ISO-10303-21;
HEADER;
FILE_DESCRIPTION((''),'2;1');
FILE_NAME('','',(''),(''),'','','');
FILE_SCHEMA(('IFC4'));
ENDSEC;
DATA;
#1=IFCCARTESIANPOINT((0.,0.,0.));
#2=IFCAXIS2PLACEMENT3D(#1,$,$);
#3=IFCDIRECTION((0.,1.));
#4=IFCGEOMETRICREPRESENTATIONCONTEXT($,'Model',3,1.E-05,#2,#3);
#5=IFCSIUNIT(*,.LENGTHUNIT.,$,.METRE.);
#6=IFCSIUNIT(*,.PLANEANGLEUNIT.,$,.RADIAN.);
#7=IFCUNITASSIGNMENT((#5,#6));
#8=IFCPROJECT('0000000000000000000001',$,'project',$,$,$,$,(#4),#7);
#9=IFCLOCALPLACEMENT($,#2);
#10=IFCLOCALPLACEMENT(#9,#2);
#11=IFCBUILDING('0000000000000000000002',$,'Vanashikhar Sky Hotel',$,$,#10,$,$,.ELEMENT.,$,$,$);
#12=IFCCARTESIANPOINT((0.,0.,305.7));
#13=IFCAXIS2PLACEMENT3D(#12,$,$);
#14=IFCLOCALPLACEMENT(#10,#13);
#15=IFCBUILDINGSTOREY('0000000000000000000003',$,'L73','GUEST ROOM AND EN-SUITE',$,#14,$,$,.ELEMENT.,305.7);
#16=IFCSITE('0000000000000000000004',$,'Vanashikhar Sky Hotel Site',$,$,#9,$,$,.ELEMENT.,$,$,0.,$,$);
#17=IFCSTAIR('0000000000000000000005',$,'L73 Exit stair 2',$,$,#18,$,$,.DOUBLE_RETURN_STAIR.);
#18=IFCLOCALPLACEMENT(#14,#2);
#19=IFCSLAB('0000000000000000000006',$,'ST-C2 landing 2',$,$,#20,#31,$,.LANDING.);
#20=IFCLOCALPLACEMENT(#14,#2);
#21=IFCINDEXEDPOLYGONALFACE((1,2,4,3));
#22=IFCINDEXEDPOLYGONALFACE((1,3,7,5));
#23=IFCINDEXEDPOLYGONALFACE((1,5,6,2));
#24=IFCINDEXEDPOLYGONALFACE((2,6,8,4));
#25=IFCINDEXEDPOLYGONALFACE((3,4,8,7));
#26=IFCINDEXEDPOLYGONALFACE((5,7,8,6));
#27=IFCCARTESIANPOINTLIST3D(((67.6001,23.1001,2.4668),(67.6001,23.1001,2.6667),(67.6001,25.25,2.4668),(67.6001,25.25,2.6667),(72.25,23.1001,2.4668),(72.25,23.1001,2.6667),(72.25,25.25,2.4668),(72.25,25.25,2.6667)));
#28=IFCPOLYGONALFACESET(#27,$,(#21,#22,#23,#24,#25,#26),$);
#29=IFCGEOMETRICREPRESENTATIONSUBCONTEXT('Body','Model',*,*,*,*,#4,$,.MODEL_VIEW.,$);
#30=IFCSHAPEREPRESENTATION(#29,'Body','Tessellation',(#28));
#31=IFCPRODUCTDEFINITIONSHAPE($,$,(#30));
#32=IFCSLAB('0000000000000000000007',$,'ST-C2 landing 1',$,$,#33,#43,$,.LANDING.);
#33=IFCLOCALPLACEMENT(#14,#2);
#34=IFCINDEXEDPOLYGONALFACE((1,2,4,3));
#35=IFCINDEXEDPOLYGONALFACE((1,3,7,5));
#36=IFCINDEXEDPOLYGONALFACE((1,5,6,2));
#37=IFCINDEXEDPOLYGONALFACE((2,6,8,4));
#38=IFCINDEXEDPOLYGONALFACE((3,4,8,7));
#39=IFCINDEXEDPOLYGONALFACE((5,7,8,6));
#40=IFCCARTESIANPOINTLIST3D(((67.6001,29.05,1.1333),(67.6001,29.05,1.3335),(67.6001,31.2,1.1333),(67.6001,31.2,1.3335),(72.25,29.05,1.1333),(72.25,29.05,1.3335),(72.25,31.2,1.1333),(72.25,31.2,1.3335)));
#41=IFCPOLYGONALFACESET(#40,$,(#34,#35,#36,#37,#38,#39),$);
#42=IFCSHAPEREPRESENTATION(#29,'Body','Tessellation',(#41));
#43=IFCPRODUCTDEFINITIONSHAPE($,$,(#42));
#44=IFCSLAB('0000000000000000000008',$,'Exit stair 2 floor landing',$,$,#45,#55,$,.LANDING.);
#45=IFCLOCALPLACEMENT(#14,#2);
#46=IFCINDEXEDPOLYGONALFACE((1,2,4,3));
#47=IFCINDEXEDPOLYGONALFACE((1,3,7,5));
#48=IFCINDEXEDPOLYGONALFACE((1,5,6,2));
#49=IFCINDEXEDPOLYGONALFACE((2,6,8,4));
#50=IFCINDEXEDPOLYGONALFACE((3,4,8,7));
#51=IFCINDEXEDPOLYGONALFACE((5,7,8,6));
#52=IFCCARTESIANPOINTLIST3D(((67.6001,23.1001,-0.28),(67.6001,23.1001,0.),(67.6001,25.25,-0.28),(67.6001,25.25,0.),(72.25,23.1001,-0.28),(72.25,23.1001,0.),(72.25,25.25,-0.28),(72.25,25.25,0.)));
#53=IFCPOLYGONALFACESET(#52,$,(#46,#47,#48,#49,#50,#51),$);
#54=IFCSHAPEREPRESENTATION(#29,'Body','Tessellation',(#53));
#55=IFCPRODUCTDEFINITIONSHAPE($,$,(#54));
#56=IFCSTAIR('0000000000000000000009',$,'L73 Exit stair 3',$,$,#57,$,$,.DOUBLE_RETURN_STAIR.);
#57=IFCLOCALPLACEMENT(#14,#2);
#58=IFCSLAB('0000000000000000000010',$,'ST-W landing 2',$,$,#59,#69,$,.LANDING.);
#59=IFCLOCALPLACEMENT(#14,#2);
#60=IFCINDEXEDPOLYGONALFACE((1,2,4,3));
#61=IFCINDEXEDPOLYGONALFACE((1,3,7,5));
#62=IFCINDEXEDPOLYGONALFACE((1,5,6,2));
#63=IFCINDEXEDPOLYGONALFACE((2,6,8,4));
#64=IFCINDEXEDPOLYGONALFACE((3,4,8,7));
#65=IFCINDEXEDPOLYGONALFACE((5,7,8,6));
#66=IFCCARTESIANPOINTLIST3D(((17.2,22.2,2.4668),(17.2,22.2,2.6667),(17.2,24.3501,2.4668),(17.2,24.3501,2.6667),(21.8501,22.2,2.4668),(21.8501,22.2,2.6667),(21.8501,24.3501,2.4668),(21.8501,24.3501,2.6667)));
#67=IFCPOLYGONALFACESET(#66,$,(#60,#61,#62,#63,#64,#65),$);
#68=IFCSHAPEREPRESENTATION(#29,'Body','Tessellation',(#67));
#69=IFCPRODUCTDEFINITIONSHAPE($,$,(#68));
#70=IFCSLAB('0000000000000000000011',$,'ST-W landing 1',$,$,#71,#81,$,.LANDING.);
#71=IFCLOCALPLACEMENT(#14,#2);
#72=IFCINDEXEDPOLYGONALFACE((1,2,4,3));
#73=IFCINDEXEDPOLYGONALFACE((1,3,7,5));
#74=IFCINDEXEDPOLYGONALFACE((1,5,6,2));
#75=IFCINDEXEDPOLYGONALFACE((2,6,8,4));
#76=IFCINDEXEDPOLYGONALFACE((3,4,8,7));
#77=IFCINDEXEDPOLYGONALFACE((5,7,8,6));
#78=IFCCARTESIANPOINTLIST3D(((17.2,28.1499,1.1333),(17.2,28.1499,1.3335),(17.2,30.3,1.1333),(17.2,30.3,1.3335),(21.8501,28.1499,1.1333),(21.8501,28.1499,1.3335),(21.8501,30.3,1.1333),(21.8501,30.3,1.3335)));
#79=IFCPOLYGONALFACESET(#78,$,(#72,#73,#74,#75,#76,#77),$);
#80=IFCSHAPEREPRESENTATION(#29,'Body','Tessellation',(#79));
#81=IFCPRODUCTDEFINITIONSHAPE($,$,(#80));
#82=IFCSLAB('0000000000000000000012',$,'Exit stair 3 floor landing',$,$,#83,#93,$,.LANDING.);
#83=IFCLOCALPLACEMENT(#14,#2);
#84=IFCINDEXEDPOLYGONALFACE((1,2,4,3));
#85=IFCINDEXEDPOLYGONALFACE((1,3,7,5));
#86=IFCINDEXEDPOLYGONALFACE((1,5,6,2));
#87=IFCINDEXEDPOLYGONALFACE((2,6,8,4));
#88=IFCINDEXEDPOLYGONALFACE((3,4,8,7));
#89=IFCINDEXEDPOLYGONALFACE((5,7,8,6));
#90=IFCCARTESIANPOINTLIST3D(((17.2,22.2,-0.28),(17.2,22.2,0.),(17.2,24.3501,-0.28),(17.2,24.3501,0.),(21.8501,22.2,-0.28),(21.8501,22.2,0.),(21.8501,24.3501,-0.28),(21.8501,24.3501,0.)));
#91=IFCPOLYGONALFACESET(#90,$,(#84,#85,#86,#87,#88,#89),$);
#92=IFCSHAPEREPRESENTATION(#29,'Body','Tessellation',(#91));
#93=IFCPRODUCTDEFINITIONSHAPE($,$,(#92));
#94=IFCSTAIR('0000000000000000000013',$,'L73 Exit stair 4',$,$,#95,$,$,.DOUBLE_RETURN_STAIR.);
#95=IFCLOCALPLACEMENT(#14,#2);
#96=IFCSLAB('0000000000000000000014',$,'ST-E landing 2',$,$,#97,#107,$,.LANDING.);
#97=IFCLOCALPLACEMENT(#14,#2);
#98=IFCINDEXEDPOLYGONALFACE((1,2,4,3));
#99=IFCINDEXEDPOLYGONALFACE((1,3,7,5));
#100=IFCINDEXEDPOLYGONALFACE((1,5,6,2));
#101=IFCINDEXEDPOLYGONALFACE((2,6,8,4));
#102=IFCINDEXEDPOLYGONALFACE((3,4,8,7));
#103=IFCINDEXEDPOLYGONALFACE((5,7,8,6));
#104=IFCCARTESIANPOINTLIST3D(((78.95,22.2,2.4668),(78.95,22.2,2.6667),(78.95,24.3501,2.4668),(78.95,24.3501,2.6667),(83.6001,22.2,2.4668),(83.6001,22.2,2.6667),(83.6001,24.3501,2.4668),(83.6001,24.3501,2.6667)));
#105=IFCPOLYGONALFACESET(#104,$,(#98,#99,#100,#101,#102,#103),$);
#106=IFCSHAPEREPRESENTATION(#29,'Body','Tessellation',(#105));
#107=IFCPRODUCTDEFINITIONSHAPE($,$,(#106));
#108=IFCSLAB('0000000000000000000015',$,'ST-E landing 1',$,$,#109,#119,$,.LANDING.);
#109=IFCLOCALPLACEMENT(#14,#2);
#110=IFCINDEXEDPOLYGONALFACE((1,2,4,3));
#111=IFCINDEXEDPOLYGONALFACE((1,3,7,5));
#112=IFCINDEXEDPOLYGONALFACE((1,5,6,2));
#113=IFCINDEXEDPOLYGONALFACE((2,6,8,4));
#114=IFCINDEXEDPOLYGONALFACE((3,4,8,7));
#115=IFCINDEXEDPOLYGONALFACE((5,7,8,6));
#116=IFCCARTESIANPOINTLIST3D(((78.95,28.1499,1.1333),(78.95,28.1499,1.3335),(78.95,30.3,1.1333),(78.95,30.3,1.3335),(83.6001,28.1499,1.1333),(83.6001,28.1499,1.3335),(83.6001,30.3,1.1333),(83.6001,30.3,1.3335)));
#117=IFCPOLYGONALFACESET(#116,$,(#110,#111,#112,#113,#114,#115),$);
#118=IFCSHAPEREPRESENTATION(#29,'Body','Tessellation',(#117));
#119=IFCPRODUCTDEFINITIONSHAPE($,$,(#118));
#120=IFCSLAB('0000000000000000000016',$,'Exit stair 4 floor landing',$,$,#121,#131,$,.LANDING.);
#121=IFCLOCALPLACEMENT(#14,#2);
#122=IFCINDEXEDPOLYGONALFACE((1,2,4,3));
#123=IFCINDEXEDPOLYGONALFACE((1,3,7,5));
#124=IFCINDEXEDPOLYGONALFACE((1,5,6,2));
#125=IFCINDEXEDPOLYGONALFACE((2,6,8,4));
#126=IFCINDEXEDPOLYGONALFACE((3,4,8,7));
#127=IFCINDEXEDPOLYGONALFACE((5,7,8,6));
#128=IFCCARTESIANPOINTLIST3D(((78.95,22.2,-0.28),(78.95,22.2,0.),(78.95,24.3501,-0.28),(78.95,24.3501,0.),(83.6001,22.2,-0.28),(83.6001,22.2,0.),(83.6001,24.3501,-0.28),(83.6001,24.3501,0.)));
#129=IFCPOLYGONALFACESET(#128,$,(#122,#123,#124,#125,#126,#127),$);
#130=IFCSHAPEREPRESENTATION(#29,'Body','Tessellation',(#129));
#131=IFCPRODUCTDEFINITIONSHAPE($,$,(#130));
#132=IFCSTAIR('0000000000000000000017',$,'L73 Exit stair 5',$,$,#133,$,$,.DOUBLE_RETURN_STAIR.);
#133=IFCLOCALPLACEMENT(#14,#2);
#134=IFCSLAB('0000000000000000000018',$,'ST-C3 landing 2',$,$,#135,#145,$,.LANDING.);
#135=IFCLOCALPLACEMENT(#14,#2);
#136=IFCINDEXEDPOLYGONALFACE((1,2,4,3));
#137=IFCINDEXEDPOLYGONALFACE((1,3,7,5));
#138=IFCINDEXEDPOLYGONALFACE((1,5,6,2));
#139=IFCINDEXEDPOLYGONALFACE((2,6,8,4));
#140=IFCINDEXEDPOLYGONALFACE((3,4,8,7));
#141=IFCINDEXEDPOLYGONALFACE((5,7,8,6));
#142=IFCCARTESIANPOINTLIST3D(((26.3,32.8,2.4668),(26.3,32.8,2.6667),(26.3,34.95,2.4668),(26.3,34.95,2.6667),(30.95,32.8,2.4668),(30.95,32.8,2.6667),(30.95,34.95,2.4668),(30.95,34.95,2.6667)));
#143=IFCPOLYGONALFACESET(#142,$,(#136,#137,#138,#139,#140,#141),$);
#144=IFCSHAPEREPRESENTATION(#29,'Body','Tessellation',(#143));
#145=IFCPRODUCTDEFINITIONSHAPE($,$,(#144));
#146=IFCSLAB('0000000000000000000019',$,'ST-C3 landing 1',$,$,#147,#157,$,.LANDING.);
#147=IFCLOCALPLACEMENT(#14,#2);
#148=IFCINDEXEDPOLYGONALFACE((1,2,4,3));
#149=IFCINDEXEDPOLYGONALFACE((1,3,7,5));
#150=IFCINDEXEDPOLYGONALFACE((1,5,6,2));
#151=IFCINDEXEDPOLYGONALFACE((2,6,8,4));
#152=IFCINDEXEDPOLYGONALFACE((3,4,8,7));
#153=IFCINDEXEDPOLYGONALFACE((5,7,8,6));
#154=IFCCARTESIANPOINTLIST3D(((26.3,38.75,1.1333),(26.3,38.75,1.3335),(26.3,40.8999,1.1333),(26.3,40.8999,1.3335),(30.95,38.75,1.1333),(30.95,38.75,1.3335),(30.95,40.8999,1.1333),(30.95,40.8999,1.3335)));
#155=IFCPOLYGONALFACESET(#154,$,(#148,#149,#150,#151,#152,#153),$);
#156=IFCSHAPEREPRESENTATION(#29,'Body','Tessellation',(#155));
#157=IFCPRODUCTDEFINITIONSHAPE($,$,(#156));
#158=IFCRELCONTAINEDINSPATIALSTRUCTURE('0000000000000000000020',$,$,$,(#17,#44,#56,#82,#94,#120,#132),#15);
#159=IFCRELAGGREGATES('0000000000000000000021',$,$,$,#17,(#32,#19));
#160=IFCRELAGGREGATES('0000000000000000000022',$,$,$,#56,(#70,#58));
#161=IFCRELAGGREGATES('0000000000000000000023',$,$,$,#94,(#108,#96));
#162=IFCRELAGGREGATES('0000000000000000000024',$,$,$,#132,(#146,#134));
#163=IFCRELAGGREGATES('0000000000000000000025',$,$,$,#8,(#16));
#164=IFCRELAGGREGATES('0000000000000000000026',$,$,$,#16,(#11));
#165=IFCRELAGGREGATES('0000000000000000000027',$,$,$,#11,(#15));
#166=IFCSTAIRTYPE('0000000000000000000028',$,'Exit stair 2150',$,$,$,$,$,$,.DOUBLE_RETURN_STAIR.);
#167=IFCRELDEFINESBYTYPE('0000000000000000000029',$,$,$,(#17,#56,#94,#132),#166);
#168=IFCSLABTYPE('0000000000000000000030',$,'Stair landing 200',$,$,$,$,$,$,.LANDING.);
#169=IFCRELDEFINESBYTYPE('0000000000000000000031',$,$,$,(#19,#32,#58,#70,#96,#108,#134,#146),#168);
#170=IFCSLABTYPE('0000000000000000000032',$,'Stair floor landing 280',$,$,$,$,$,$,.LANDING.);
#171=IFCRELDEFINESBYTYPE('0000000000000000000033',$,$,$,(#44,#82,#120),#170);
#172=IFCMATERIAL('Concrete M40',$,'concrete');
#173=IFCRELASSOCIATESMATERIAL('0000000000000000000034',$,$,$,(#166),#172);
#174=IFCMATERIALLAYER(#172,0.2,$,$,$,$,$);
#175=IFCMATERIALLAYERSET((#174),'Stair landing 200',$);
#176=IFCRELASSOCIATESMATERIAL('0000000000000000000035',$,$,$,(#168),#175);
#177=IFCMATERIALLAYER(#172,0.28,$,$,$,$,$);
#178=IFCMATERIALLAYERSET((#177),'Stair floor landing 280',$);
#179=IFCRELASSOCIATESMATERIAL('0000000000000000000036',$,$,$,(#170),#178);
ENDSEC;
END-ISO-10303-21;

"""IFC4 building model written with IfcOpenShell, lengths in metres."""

from ifc_helpers import new_model, si_unit, direction, frame, origin, place, context, subcontext, project, spatial, polyline, outline, extrude, source, transform, mapped, material, layer, layer_set, type_object, element, aggregate, save


model = new_model("IFC4")

# Units and contexts
model_context = context("Model", 3, precision=1e-05, world=origin(), true_north=direction((0.0, 1.0)))
body_context = subcontext(model_context, "Body", "Model", "MODEL_VIEW")
ifc_project = project(units=[si_unit("LENGTHUNIT", "METRE"), si_unit("PLANEANGLEUNIT", "RADIAN")], contexts=[model_context])

# Site, building, storey
site_placement = place(None, origin())
site = spatial("IfcSite", under=ifc_project, at=site_placement, Name="Vanashikhar Sky Hotel Site", CompositionType="ELEMENT", RefElevation=0.0)
building_placement = place(site_placement, origin())
building = spatial("IfcBuilding", under=site, at=building_placement, Name="Vanashikhar Sky Hotel", CompositionType="ELEMENT")
storey_placement = place(building_placement, frame((0.0, 0.0, 305.7)))
storey = spatial("IfcBuildingStorey", under=building, at=storey_placement, Name="L73", Description="GUEST ROOM AND EN-SUITE", CompositionType="ELEMENT", Elevation=305.7)

# Shared definitions
ifc_material = material(Name="Concrete M40", Category="concrete")

# Shared definitions
stair_type = type_object("IfcStairType", Name="Exit stair 2150", PredefinedType="DOUBLE_RETURN_STAIR", material=ifc_material)
ifc_layer_1 = layer(ifc_material, 0.2)
ifc_layer_set_1 = layer_set([ifc_layer_1], Name="Stair landing 200")
slab_type_1 = type_object("IfcSlabType", Name="Stair landing 200", PredefinedType="LANDING", material=ifc_layer_set_1)

# Shared definitions
ifc_layer_2 = layer(ifc_material, 0.28)
ifc_layer_set_2 = layer_set([ifc_layer_2], Name="Stair floor landing 280")
slab_type_2 = type_object("IfcSlabType", Name="Stair floor landing 280", PredefinedType="LANDING", material=ifc_layer_set_2)

# Stair, slabs
stair_1_placement = place(storey_placement, origin())
stair_1 = element("IfcStair", 1, at=stair_1_placement, inside=storey, type_object=stair_type, Name="L73 Exit stair 2", PredefinedType="DOUBLE_RETURN_STAIR")
shared_shape_1 = source(origin(), body_context, "Body", "SweptSolid", [
    extrude(outline(polyline([(72.25, 23.1001), (72.25, 25.25), (67.6001, 25.25), (67.6001, 23.1001), (72.25, 23.1001)])), origin(), (0.0, 0.0, 1.0), 0.2),
])
slab_1_placement = place(storey_placement, frame((0.0, 0.0, 2.4668)))
slab_1 = element("IfcSlab", 2, at=slab_1_placement, type_object=slab_type_1, Name="ST-C2 landing 2", PredefinedType="LANDING", context=body_context, shape_type="MappedRepresentation", body=[
    mapped(shared_shape_1, transform((0.0, 0.0, 0.0), scale=1.0)),
])
shared_shape_2 = source(origin(), body_context, "Body", "SweptSolid", [
    extrude(outline(polyline([(72.25, 29.05), (72.25, 31.2), (67.6001, 31.2), (67.6001, 29.05), (72.25, 29.05)])), origin(), (0.0, 0.0, 1.0), 0.2002),
])
slab_2_placement = place(storey_placement, frame((0.0, 0.0, 1.1333)))
slab_2 = element("IfcSlab", 3, at=slab_2_placement, type_object=slab_type_1, Name="ST-C2 landing 1", PredefinedType="LANDING", context=body_context, shape_type="MappedRepresentation", body=[
    mapped(shared_shape_2, transform((0.0, 0.0, 0.0), scale=1.0)),
])
aggregate(stair_1, [slab_2, slab_1])

# Slab
shared_shape_3 = source(origin(), body_context, "Body", "SweptSolid", [
    extrude(outline(polyline([(72.25, 23.1001), (72.25, 25.25), (67.6001, 25.25), (67.6001, 23.1001), (72.25, 23.1001)])), origin(), (0.0, 0.0, 1.0), 0.28),
])
slab_3_placement = place(storey_placement, frame((0.0, 0.0, -0.28)))
element("IfcSlab", 4, at=slab_3_placement, inside=storey, type_object=slab_type_2, Name="Exit stair 2 floor landing", PredefinedType="LANDING", context=body_context, shape_type="MappedRepresentation", body=[
    mapped(shared_shape_3, transform((0.0, 0.0, 0.0), scale=1.0)),
])

# Stair, slabs
stair_2_placement = place(storey_placement, origin())
stair_2 = element("IfcStair", 5, at=stair_2_placement, inside=storey, type_object=stair_type, Name="L73 Exit stair 3", PredefinedType="DOUBLE_RETURN_STAIR")
shared_shape_4 = source(origin(), body_context, "Body", "SweptSolid", [
    extrude(outline(polyline([(21.8501, 22.2), (21.8501, 24.3501), (17.2, 24.3501), (17.2, 22.2), (21.8501, 22.2)])), origin(), (0.0, 0.0, 1.0), 0.2),
])
slab_4_placement = place(storey_placement, frame((0.0, 0.0, 2.4668)))
slab_4 = element("IfcSlab", 6, at=slab_4_placement, type_object=slab_type_1, Name="ST-W landing 2", PredefinedType="LANDING", context=body_context, shape_type="MappedRepresentation", body=[
    mapped(shared_shape_4, transform((0.0, 0.0, 0.0), scale=1.0)),
])
shared_shape_5 = source(origin(), body_context, "Body", "SweptSolid", [
    extrude(outline(polyline([(21.8501, 28.1499), (21.8501, 30.3), (17.2, 30.3), (17.2, 28.1499), (21.8501, 28.1499)])), origin(), (0.0, 0.0, 1.0), 0.2002),
])
slab_5_placement = place(storey_placement, frame((0.0, 0.0, 1.1333)))
slab_5 = element("IfcSlab", 7, at=slab_5_placement, type_object=slab_type_1, Name="ST-W landing 1", PredefinedType="LANDING", context=body_context, shape_type="MappedRepresentation", body=[
    mapped(shared_shape_5, transform((0.0, 0.0, 0.0), scale=1.0)),
])
aggregate(stair_2, [slab_5, slab_4])

# Slab
shared_shape_6 = source(origin(), body_context, "Body", "SweptSolid", [
    extrude(outline(polyline([(21.8501, 22.2), (21.8501, 24.3501), (17.2, 24.3501), (17.2, 22.2), (21.8501, 22.2)])), origin(), (0.0, 0.0, 1.0), 0.28),
])
slab_6_placement = place(storey_placement, frame((0.0, 0.0, -0.28)))
element("IfcSlab", 8, at=slab_6_placement, inside=storey, type_object=slab_type_2, Name="Exit stair 3 floor landing", PredefinedType="LANDING", context=body_context, shape_type="MappedRepresentation", body=[
    mapped(shared_shape_6, transform((0.0, 0.0, 0.0), scale=1.0)),
])

# Stair, slabs
stair_3_placement = place(storey_placement, origin())
stair_3 = element("IfcStair", 9, at=stair_3_placement, inside=storey, type_object=stair_type, Name="L73 Exit stair 4", PredefinedType="DOUBLE_RETURN_STAIR")
shared_shape_7 = source(origin(), body_context, "Body", "SweptSolid", [
    extrude(outline(polyline([(83.6001, 22.2), (83.6001, 24.3501), (78.95, 24.3501), (78.95, 22.2), (83.6001, 22.2)])), origin(), (0.0, 0.0, 1.0), 0.2),
])
slab_7_placement = place(storey_placement, frame((0.0, 0.0, 2.4668)))
slab_7 = element("IfcSlab", 10, at=slab_7_placement, type_object=slab_type_1, Name="ST-E landing 2", PredefinedType="LANDING", context=body_context, shape_type="MappedRepresentation", body=[
    mapped(shared_shape_7, transform((0.0, 0.0, 0.0), scale=1.0)),
])
shared_shape_8 = source(origin(), body_context, "Body", "SweptSolid", [
    extrude(outline(polyline([(83.6001, 28.1499), (83.6001, 30.3), (78.95, 30.3), (78.95, 28.1499), (83.6001, 28.1499)])), origin(), (0.0, 0.0, 1.0), 0.2002),
])
slab_8_placement = place(storey_placement, frame((0.0, 0.0, 1.1333)))
slab_8 = element("IfcSlab", 11, at=slab_8_placement, type_object=slab_type_1, Name="ST-E landing 1", PredefinedType="LANDING", context=body_context, shape_type="MappedRepresentation", body=[
    mapped(shared_shape_8, transform((0.0, 0.0, 0.0), scale=1.0)),
])
aggregate(stair_3, [slab_8, slab_7])

# Slab
shared_shape_9 = source(origin(), body_context, "Body", "SweptSolid", [
    extrude(outline(polyline([(83.6001, 22.2), (83.6001, 24.3501), (78.95, 24.3501), (78.95, 22.2), (83.6001, 22.2)])), origin(), (0.0, 0.0, 1.0), 0.28),
])
slab_9_placement = place(storey_placement, frame((0.0, 0.0, -0.28)))
element("IfcSlab", 12, at=slab_9_placement, inside=storey, type_object=slab_type_2, Name="Exit stair 4 floor landing", PredefinedType="LANDING", context=body_context, shape_type="MappedRepresentation", body=[
    mapped(shared_shape_9, transform((0.0, 0.0, 0.0), scale=1.0)),
])

# Stair, slabs
stair_4_placement = place(storey_placement, origin())
stair_4 = element("IfcStair", 13, at=stair_4_placement, inside=storey, type_object=stair_type, Name="L73 Exit stair 5", PredefinedType="DOUBLE_RETURN_STAIR")
shared_shape_10 = source(origin(), body_context, "Body", "SweptSolid", [
    extrude(outline(polyline([(30.95, 32.8), (30.95, 34.95), (26.3, 34.95), (26.3, 32.8), (30.95, 32.8)])), origin(), (0.0, 0.0, 1.0), 0.2),
])
slab_10_placement = place(storey_placement, frame((0.0, 0.0, 2.4668)))
slab_10 = element("IfcSlab", 14, at=slab_10_placement, type_object=slab_type_1, Name="ST-C3 landing 2", PredefinedType="LANDING", context=body_context, shape_type="MappedRepresentation", body=[
    mapped(shared_shape_10, transform((0.0, 0.0, 0.0), scale=1.0)),
])
shared_shape_11 = source(origin(), body_context, "Body", "SweptSolid", [
    extrude(outline(polyline([(30.95, 38.75), (30.95, 40.8999), (26.3, 40.8999), (26.3, 38.75), (30.95, 38.75)])), origin(), (0.0, 0.0, 1.0), 0.2002),
])
slab_11_placement = place(storey_placement, frame((0.0, 0.0, 1.1333)))
slab_11 = element("IfcSlab", 15, at=slab_11_placement, type_object=slab_type_1, Name="ST-C3 landing 1", PredefinedType="LANDING", context=body_context, shape_type="MappedRepresentation", body=[
    mapped(shared_shape_11, transform((0.0, 0.0, 0.0), scale=1.0)),
])
aggregate(stair_4, [slab_11, slab_10])

save(model, "model.ifc")
